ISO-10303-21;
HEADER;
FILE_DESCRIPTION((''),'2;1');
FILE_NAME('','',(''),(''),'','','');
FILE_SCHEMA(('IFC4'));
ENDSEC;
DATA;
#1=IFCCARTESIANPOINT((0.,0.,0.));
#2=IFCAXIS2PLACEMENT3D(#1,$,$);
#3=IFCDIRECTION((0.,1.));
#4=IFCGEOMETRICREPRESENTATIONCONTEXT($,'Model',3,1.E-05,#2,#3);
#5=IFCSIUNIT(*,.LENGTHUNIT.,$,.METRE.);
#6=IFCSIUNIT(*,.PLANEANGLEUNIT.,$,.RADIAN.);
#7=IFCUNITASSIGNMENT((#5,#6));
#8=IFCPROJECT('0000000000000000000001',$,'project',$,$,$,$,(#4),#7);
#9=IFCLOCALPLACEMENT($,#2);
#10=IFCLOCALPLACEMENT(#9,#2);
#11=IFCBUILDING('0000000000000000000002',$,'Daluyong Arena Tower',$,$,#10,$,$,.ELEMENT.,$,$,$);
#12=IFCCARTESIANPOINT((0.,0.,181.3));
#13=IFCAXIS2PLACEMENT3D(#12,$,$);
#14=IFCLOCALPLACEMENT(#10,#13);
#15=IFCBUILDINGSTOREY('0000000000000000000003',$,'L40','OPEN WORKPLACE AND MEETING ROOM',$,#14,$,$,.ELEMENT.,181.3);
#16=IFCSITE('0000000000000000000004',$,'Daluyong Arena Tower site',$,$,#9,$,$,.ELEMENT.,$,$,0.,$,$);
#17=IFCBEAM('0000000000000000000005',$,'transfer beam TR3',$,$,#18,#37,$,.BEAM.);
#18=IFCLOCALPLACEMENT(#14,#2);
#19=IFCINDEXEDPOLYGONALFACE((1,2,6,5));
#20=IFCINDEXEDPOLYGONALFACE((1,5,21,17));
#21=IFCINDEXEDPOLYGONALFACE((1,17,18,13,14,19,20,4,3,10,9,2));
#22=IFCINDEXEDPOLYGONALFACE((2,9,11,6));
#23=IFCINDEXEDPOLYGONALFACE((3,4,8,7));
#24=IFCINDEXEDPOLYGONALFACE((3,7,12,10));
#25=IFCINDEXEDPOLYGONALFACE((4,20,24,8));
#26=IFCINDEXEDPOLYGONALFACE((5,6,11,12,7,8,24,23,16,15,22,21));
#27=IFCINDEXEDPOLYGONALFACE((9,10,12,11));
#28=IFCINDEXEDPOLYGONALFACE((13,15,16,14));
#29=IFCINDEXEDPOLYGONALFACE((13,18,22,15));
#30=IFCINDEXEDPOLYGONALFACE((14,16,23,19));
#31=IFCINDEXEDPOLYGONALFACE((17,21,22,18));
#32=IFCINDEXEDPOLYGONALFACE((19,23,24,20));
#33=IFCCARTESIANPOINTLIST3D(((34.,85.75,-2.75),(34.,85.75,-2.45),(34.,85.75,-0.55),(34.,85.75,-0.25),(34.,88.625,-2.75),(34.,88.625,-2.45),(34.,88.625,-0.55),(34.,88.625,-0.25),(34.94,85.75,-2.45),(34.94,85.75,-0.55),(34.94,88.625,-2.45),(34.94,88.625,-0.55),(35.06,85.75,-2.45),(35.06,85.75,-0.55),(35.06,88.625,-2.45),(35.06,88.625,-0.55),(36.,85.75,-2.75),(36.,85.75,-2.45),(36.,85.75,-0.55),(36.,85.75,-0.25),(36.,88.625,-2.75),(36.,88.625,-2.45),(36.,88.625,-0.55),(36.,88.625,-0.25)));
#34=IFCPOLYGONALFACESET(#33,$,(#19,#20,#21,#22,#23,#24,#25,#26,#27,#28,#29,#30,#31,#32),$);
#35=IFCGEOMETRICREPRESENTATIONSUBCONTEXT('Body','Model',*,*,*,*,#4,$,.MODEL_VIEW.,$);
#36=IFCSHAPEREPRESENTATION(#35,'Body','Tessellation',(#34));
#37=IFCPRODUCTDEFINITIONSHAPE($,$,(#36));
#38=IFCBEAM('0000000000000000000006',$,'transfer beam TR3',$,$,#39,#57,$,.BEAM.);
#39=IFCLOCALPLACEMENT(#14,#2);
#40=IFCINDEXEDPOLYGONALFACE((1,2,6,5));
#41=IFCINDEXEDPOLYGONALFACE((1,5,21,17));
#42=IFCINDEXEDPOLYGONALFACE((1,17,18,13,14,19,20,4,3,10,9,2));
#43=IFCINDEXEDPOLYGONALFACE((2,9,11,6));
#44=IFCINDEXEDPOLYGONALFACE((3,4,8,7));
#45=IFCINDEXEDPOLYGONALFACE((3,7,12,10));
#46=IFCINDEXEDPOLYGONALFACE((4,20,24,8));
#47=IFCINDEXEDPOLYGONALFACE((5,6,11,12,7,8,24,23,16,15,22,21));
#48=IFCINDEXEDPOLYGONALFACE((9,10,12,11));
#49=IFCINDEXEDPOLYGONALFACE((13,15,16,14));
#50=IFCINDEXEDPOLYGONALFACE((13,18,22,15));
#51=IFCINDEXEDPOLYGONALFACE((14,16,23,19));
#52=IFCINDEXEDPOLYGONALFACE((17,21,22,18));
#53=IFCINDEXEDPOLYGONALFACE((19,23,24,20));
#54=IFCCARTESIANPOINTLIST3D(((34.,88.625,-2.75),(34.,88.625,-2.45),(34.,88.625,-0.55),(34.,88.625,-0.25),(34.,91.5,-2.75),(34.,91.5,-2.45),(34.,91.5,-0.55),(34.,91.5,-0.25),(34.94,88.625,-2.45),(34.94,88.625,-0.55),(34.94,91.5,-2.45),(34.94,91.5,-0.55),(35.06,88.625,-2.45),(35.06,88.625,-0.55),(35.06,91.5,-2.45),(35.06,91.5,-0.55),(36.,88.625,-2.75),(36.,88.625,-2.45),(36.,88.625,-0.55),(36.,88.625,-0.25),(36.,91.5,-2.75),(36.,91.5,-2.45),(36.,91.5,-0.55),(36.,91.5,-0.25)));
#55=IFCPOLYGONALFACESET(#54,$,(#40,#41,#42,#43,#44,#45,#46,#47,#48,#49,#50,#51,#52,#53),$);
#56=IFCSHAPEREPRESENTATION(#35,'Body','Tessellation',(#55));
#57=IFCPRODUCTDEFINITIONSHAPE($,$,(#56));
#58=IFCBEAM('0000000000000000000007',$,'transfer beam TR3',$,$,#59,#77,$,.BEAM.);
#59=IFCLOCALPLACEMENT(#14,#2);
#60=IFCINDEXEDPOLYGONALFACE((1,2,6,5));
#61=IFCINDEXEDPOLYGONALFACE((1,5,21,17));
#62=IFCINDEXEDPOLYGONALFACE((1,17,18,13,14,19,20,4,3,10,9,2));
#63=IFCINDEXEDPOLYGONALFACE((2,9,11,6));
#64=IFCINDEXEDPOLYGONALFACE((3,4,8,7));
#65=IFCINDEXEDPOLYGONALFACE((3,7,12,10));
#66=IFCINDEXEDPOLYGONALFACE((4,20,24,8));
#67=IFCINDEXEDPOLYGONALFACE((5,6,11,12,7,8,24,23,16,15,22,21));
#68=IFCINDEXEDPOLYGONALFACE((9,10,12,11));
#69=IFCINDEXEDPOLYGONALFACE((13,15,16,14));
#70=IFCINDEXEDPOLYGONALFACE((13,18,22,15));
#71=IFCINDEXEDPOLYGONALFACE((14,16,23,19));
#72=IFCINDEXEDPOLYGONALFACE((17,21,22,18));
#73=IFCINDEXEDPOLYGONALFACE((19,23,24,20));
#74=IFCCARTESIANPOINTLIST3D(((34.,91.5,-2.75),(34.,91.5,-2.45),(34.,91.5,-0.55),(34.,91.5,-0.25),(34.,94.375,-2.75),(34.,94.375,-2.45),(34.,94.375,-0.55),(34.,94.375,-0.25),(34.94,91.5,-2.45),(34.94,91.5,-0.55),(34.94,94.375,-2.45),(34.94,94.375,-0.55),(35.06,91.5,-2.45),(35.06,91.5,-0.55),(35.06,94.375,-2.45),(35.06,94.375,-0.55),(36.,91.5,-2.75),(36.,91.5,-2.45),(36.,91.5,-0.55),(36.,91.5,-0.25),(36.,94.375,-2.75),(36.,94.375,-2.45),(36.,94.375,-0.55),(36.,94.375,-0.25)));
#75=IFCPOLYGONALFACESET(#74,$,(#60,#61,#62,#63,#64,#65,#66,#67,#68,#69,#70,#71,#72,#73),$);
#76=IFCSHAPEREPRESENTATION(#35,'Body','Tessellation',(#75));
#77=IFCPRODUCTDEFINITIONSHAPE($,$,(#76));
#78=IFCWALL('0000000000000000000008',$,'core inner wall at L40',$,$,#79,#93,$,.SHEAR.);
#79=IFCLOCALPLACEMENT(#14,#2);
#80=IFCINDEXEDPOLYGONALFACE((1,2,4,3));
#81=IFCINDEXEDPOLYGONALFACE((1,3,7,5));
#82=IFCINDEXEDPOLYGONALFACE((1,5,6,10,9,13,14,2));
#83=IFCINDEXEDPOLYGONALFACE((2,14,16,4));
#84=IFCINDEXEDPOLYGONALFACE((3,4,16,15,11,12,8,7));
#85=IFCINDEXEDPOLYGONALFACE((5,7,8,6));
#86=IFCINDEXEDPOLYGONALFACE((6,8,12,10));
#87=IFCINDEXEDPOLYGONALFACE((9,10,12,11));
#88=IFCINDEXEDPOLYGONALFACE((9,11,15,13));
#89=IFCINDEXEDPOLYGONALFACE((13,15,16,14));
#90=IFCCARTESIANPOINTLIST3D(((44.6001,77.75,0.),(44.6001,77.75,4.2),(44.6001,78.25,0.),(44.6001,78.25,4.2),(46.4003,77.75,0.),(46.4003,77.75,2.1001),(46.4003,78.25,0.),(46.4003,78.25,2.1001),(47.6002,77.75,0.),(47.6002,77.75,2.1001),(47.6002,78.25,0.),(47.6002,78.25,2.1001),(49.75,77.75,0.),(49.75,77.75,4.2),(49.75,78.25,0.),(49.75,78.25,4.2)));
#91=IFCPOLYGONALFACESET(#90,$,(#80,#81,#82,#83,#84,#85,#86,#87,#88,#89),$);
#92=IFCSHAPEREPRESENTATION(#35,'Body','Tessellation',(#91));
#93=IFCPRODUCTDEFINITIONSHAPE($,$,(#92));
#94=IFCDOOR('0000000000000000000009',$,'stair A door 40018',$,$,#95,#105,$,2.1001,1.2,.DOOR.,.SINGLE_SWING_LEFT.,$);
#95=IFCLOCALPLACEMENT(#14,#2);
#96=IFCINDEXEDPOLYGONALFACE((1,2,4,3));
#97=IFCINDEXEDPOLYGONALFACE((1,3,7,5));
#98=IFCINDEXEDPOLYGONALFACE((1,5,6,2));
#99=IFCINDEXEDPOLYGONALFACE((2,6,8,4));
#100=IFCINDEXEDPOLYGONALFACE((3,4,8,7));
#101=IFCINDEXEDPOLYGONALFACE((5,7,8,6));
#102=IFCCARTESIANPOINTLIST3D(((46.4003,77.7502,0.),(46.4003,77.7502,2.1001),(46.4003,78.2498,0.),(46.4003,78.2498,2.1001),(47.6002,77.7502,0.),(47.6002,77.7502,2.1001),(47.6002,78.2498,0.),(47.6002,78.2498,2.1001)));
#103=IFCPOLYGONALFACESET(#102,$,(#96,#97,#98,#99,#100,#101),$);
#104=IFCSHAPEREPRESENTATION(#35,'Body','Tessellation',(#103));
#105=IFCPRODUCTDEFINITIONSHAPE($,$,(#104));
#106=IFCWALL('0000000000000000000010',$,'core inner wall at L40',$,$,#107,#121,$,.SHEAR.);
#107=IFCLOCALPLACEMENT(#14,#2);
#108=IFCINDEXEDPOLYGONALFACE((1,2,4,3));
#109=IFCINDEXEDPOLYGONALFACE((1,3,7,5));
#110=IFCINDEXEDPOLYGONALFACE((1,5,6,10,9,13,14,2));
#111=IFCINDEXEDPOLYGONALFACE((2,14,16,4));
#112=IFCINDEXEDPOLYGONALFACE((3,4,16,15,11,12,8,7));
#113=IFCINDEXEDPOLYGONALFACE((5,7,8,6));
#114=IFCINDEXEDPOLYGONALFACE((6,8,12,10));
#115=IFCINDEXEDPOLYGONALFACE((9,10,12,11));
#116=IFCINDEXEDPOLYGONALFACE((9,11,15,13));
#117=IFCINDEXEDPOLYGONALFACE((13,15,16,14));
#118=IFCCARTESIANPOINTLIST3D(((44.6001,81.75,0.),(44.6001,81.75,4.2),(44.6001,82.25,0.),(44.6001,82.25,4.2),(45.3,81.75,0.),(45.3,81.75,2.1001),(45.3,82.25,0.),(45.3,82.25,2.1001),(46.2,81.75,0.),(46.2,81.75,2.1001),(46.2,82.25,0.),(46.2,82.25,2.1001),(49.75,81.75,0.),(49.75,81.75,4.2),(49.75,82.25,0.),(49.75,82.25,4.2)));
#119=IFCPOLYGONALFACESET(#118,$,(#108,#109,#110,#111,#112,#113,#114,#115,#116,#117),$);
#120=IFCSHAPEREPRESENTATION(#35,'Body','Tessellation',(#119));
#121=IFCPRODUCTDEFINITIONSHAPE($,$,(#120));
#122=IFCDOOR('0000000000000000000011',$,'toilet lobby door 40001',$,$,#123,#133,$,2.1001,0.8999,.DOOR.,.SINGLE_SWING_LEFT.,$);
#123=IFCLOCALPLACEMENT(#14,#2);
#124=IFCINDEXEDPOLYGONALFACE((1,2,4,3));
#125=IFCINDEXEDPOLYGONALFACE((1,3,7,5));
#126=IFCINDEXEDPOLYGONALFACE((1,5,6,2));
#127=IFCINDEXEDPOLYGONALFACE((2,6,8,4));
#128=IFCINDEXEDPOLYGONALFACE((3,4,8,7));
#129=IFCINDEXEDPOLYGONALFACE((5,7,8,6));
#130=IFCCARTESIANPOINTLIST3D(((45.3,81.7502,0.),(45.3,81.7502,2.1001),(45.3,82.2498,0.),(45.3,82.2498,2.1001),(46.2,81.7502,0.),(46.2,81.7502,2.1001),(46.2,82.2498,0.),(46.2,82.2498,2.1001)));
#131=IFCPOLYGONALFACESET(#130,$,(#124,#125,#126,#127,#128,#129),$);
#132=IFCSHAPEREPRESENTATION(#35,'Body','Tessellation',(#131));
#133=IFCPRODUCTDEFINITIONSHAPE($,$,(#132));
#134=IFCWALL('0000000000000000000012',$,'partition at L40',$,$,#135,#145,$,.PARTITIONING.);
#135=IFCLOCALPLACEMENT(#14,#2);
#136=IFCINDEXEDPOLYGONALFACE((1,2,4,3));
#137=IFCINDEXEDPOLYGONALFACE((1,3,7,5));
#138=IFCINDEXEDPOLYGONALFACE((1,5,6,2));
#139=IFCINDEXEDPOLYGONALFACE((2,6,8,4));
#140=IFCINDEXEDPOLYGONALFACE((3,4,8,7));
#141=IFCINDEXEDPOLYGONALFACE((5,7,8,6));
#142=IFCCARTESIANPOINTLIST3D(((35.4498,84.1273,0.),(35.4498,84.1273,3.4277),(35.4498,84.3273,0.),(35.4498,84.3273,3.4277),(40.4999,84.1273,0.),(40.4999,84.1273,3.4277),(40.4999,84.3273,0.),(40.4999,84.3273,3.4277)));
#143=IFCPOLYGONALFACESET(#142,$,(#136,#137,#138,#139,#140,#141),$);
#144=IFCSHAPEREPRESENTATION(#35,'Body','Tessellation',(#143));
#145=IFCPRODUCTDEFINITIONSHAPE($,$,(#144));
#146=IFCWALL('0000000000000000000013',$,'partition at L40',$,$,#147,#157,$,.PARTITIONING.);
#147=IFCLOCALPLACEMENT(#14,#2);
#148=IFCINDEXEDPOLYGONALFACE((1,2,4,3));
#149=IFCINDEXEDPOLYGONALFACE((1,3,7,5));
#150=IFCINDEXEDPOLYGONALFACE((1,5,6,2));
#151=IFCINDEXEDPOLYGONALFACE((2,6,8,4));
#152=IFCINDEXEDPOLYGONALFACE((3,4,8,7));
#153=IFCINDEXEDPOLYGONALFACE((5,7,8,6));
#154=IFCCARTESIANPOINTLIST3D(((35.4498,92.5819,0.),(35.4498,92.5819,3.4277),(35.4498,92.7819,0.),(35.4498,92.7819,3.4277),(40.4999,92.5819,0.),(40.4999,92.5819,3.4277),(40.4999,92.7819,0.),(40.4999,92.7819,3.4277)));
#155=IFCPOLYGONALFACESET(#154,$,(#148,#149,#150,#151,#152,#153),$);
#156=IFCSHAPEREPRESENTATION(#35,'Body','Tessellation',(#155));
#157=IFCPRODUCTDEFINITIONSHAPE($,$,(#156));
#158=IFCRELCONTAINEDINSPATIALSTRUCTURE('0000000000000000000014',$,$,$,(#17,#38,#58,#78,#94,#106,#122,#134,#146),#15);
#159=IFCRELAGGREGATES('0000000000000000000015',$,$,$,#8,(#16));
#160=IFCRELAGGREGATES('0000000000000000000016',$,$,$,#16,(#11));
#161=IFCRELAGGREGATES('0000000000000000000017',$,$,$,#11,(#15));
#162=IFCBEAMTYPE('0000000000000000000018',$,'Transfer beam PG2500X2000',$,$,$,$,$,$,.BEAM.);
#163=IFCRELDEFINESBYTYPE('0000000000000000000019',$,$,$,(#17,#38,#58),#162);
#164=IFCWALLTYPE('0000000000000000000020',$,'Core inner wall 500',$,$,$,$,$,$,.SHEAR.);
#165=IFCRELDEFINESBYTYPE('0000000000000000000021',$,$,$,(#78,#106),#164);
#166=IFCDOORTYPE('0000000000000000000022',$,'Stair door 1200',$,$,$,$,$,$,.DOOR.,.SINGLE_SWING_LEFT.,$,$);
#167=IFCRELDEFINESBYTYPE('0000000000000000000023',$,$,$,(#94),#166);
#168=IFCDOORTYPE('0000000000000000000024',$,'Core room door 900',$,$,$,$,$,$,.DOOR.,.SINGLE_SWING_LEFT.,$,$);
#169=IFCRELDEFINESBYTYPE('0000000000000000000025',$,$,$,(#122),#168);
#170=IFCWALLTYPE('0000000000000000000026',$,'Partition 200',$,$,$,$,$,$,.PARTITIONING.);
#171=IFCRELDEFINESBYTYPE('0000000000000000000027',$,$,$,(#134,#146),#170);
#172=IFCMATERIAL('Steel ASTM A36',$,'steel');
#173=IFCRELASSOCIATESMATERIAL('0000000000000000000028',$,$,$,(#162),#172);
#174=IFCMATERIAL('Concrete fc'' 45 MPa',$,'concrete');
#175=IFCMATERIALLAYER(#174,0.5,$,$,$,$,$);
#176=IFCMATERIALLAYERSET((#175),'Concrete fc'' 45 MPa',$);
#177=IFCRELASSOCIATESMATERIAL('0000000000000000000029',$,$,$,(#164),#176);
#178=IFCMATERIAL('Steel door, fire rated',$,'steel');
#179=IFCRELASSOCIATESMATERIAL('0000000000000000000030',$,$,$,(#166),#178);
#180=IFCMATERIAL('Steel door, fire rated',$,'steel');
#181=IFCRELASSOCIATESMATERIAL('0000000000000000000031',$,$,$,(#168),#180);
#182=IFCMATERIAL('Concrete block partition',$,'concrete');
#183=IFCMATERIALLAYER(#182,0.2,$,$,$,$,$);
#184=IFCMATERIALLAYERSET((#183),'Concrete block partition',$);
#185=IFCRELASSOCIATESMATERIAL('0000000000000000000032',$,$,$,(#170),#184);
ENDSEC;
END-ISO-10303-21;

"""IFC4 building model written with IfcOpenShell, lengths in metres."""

from ifc_helpers import new_model, si_unit, direction, frame, frame_2d, origin, origin_2d, place, context, subcontext, project, spatial, rectangle, i_section, extrude, material, layer, layer_set, material_profile, profile_set, type_object, element, fill, save


model = new_model("IFC4")

# Units and contexts
model_context = context("Model", 3, precision=1e-05, world=origin(), true_north=direction((0.0, 1.0)))
body_context = subcontext(model_context, "Body", "Model", "MODEL_VIEW")
ifc_project = project(units=[si_unit("LENGTHUNIT", "METRE"), si_unit("PLANEANGLEUNIT", "RADIAN")], contexts=[model_context])

# Site, building, storey
site_placement = place(None, origin())
site = spatial("IfcSite", under=ifc_project, at=site_placement, Name="Daluyong Arena Tower site", CompositionType="ELEMENT", RefElevation=0.0)
building_placement = place(site_placement, origin())
building = spatial("IfcBuilding", under=site, at=building_placement, Name="Daluyong Arena Tower", CompositionType="ELEMENT")
storey_placement = place(building_placement, frame((0.0, 0.0, 181.3)))
storey = spatial("IfcBuildingStorey", under=building, at=storey_placement, Name="L40", Description="OPEN WORKPLACE AND MEETING ROOM", CompositionType="ELEMENT", Elevation=181.3)

# Beams
ifc_material_1 = material(Name="Steel ASTM A36", Category="steel")
ifc_material_profile_1 = material_profile(ifc_material_1, i_section(OverallWidth=2.0, OverallDepth=2.5, WebThickness=0.12, FlangeThickness=0.3, at=origin_2d()))
ifc_profile_set_1 = profile_set([ifc_material_profile_1], Name="Steel ASTM A36")
beam_type_1 = type_object("IfcBeamType", Name="Transfer beam PG2500X2000", PredefinedType="BEAM", material=ifc_profile_set_1)
for number, where, z_axis, x_axis, name in (
    (1, (35.0, 85.75, -1.5), (0.0, 1.0, 0.0), (-1.0, 0.0, 0.0), "transfer beam TR3"),
    (2, (35.0, 88.625, -1.5), (0.0, 1.0, 0.0), (-1.0, 0.0, 0.0), "transfer beam TR3"),
    (3, (35.0, 91.5, -1.5), (0.0, 1.0, 0.0), (-1.0, 0.0, 0.0), "transfer beam TR3"),
):
    element("IfcBeam", number, at=place(storey_placement, frame(where, z_axis=z_axis, x_axis=x_axis)), inside=storey, type_object=beam_type_1, Name=name, PredefinedType="BEAM", context=body_context, shape_type="SweptSolid", body=[
        extrude(i_section(OverallWidth=2.0, OverallDepth=2.5, WebThickness=0.12, FlangeThickness=0.3, at=origin_2d()), origin(), (0.0, 0.0, 1.0), 2.875),
    ])

# Walls, openings, doors
ifc_material_2 = material(Name="Concrete fc' 45 MPa", Category="concrete")
ifc_layer_1 = layer(ifc_material_2, 0.5)
ifc_layer_set_1 = layer_set([ifc_layer_1], Name="Concrete fc' 45 MPa")
wall_type_1 = type_object("IfcWallType", Name="Core inner wall 500", PredefinedType="SHEAR", material=ifc_layer_set_1)
wall_1_placement = place(storey_placement, frame((44.6001, 78.0, 0.0), z_axis=(0.0, 0.0, 1.0), x_axis=(1.0, 0.0, 0.0)))
wall_1 = element("IfcWall", 4, at=wall_1_placement, inside=storey, type_object=wall_type_1, Name="core inner wall at L40", PredefinedType="SHEAR", context=body_context, shape_type="SweptSolid", body=[
    extrude(rectangle(XDim=5.1499, YDim=0.5, at=frame_2d((2.575, 0.0))), origin(), (0.0, 0.0, 1.0), 4.2),
])
opening_1_placement = place(wall_1_placement, frame((1.8, 0.0, 0.0)))
opening_1 = element("IfcOpeningElement", 5, at=opening_1_placement, cuts=wall_1, PredefinedType="OPENING", context=body_context, shape_type="SweptSolid", body=[
    extrude(rectangle(XDim=1.2, YDim=2.1001, at=frame_2d((0.6001, 1.05))), frame((0.0, 0.26, 0.0), z_axis=(0.0, -1.0, 0.0), x_axis=(1.0, 0.0, 0.0)), (0.0, 0.0, 1.0), 0.52),
])
ifc_material_3 = material(Name="Steel door, fire rated", Category="steel")
door_type_1 = type_object("IfcDoorType", Name="Stair door 1200", OperationType="SINGLE_SWING_LEFT", PredefinedType="DOOR", material=ifc_material_3)
door_1_placement = place(opening_1_placement, origin())
door_1 = element("IfcDoor", 6, at=door_1_placement, inside=storey, type_object=door_type_1, Name="stair A door 40018", OperationType="SINGLE_SWING_LEFT", OverallHeight=2.1001, OverallWidth=1.2, PredefinedType="DOOR", context=body_context, shape_type="SweptSolid", body=[
    extrude(rectangle(XDim=1.2, YDim=2.1001, at=frame_2d((0.6001, 1.05))), frame((0.0, 0.2498, 0.0), z_axis=(0.0, -1.0, 0.0), x_axis=(1.0, 0.0, 0.0)), (0.0, 0.0, 1.0), 0.4995),
])
fill(opening_1, door_1)
wall_2_placement = place(storey_placement, frame((44.6001, 82.0, 0.0), z_axis=(0.0, 0.0, 1.0), x_axis=(1.0, 0.0, 0.0)))
wall_2 = element("IfcWall", 7, at=wall_2_placement, inside=storey, type_object=wall_type_1, Name="core inner wall at L40", PredefinedType="SHEAR", context=body_context, shape_type="SweptSolid", body=[
    extrude(rectangle(XDim=5.1499, YDim=0.5, at=frame_2d((2.575, 0.0))), origin(), (0.0, 0.0, 1.0), 4.2),
])
opening_2_placement = place(wall_2_placement, frame((0.7, 0.0, 0.0)))
opening_2 = element("IfcOpeningElement", 8, at=opening_2_placement, cuts=wall_2, PredefinedType="OPENING", context=body_context, shape_type="SweptSolid", body=[
    extrude(rectangle(XDim=0.8999, YDim=2.1001, at=frame_2d((0.45, 1.05))), frame((0.0, 0.26, 0.0), z_axis=(0.0, -1.0, 0.0), x_axis=(1.0, 0.0, 0.0)), (0.0, 0.0, 1.0), 0.52),
])
ifc_material_4 = material(Name="Steel door, fire rated", Category="steel")
door_type_2 = type_object("IfcDoorType", Name="Core room door 900", OperationType="SINGLE_SWING_LEFT", PredefinedType="DOOR", material=ifc_material_4)
door_2_placement = place(opening_2_placement, origin())
door_2 = element("IfcDoor", 9, at=door_2_placement, inside=storey, type_object=door_type_2, Name="toilet lobby door 40001", OperationType="SINGLE_SWING_LEFT", OverallHeight=2.1001, OverallWidth=0.8999, PredefinedType="DOOR", context=body_context, shape_type="SweptSolid", body=[
    extrude(rectangle(XDim=0.8999, YDim=2.1001, at=frame_2d((0.45, 1.05))), frame((0.0, 0.2498, 0.0), z_axis=(0.0, -1.0, 0.0), x_axis=(1.0, 0.0, 0.0)), (0.0, 0.0, 1.0), 0.4995),
])
fill(opening_2, door_2)

# Walls
ifc_material_5 = material(Name="Concrete block partition", Category="concrete")
ifc_layer_2 = layer(ifc_material_5, 0.2)
ifc_layer_set_2 = layer_set([ifc_layer_2], Name="Concrete block partition")
wall_type_2 = type_object("IfcWallType", Name="Partition 200", PredefinedType="PARTITIONING", material=ifc_layer_set_2)
for number, where, z_axis, x_axis, name in (
    (10, (35.45, 84.2273, 0.0), (0.0, 0.0, 1.0), (1.0, 0.0, 0.0), "partition at L40"),
    (11, (35.45, 92.6819, 0.0), (0.0, 0.0, 1.0), (1.0, 0.0, 0.0), "partition at L40"),
):
    element("IfcWall", number, at=place(storey_placement, frame(where, z_axis=z_axis, x_axis=x_axis)), inside=storey, type_object=wall_type_2, Name=name, PredefinedType="PARTITIONING", context=body_context, shape_type="SweptSolid", body=[
        extrude(rectangle(XDim=5.05, YDim=0.2, at=frame_2d((2.5249, 0.0))), origin(), (0.0, 0.0, 1.0), 3.4277),
    ])

save(model, "model.ifc")
